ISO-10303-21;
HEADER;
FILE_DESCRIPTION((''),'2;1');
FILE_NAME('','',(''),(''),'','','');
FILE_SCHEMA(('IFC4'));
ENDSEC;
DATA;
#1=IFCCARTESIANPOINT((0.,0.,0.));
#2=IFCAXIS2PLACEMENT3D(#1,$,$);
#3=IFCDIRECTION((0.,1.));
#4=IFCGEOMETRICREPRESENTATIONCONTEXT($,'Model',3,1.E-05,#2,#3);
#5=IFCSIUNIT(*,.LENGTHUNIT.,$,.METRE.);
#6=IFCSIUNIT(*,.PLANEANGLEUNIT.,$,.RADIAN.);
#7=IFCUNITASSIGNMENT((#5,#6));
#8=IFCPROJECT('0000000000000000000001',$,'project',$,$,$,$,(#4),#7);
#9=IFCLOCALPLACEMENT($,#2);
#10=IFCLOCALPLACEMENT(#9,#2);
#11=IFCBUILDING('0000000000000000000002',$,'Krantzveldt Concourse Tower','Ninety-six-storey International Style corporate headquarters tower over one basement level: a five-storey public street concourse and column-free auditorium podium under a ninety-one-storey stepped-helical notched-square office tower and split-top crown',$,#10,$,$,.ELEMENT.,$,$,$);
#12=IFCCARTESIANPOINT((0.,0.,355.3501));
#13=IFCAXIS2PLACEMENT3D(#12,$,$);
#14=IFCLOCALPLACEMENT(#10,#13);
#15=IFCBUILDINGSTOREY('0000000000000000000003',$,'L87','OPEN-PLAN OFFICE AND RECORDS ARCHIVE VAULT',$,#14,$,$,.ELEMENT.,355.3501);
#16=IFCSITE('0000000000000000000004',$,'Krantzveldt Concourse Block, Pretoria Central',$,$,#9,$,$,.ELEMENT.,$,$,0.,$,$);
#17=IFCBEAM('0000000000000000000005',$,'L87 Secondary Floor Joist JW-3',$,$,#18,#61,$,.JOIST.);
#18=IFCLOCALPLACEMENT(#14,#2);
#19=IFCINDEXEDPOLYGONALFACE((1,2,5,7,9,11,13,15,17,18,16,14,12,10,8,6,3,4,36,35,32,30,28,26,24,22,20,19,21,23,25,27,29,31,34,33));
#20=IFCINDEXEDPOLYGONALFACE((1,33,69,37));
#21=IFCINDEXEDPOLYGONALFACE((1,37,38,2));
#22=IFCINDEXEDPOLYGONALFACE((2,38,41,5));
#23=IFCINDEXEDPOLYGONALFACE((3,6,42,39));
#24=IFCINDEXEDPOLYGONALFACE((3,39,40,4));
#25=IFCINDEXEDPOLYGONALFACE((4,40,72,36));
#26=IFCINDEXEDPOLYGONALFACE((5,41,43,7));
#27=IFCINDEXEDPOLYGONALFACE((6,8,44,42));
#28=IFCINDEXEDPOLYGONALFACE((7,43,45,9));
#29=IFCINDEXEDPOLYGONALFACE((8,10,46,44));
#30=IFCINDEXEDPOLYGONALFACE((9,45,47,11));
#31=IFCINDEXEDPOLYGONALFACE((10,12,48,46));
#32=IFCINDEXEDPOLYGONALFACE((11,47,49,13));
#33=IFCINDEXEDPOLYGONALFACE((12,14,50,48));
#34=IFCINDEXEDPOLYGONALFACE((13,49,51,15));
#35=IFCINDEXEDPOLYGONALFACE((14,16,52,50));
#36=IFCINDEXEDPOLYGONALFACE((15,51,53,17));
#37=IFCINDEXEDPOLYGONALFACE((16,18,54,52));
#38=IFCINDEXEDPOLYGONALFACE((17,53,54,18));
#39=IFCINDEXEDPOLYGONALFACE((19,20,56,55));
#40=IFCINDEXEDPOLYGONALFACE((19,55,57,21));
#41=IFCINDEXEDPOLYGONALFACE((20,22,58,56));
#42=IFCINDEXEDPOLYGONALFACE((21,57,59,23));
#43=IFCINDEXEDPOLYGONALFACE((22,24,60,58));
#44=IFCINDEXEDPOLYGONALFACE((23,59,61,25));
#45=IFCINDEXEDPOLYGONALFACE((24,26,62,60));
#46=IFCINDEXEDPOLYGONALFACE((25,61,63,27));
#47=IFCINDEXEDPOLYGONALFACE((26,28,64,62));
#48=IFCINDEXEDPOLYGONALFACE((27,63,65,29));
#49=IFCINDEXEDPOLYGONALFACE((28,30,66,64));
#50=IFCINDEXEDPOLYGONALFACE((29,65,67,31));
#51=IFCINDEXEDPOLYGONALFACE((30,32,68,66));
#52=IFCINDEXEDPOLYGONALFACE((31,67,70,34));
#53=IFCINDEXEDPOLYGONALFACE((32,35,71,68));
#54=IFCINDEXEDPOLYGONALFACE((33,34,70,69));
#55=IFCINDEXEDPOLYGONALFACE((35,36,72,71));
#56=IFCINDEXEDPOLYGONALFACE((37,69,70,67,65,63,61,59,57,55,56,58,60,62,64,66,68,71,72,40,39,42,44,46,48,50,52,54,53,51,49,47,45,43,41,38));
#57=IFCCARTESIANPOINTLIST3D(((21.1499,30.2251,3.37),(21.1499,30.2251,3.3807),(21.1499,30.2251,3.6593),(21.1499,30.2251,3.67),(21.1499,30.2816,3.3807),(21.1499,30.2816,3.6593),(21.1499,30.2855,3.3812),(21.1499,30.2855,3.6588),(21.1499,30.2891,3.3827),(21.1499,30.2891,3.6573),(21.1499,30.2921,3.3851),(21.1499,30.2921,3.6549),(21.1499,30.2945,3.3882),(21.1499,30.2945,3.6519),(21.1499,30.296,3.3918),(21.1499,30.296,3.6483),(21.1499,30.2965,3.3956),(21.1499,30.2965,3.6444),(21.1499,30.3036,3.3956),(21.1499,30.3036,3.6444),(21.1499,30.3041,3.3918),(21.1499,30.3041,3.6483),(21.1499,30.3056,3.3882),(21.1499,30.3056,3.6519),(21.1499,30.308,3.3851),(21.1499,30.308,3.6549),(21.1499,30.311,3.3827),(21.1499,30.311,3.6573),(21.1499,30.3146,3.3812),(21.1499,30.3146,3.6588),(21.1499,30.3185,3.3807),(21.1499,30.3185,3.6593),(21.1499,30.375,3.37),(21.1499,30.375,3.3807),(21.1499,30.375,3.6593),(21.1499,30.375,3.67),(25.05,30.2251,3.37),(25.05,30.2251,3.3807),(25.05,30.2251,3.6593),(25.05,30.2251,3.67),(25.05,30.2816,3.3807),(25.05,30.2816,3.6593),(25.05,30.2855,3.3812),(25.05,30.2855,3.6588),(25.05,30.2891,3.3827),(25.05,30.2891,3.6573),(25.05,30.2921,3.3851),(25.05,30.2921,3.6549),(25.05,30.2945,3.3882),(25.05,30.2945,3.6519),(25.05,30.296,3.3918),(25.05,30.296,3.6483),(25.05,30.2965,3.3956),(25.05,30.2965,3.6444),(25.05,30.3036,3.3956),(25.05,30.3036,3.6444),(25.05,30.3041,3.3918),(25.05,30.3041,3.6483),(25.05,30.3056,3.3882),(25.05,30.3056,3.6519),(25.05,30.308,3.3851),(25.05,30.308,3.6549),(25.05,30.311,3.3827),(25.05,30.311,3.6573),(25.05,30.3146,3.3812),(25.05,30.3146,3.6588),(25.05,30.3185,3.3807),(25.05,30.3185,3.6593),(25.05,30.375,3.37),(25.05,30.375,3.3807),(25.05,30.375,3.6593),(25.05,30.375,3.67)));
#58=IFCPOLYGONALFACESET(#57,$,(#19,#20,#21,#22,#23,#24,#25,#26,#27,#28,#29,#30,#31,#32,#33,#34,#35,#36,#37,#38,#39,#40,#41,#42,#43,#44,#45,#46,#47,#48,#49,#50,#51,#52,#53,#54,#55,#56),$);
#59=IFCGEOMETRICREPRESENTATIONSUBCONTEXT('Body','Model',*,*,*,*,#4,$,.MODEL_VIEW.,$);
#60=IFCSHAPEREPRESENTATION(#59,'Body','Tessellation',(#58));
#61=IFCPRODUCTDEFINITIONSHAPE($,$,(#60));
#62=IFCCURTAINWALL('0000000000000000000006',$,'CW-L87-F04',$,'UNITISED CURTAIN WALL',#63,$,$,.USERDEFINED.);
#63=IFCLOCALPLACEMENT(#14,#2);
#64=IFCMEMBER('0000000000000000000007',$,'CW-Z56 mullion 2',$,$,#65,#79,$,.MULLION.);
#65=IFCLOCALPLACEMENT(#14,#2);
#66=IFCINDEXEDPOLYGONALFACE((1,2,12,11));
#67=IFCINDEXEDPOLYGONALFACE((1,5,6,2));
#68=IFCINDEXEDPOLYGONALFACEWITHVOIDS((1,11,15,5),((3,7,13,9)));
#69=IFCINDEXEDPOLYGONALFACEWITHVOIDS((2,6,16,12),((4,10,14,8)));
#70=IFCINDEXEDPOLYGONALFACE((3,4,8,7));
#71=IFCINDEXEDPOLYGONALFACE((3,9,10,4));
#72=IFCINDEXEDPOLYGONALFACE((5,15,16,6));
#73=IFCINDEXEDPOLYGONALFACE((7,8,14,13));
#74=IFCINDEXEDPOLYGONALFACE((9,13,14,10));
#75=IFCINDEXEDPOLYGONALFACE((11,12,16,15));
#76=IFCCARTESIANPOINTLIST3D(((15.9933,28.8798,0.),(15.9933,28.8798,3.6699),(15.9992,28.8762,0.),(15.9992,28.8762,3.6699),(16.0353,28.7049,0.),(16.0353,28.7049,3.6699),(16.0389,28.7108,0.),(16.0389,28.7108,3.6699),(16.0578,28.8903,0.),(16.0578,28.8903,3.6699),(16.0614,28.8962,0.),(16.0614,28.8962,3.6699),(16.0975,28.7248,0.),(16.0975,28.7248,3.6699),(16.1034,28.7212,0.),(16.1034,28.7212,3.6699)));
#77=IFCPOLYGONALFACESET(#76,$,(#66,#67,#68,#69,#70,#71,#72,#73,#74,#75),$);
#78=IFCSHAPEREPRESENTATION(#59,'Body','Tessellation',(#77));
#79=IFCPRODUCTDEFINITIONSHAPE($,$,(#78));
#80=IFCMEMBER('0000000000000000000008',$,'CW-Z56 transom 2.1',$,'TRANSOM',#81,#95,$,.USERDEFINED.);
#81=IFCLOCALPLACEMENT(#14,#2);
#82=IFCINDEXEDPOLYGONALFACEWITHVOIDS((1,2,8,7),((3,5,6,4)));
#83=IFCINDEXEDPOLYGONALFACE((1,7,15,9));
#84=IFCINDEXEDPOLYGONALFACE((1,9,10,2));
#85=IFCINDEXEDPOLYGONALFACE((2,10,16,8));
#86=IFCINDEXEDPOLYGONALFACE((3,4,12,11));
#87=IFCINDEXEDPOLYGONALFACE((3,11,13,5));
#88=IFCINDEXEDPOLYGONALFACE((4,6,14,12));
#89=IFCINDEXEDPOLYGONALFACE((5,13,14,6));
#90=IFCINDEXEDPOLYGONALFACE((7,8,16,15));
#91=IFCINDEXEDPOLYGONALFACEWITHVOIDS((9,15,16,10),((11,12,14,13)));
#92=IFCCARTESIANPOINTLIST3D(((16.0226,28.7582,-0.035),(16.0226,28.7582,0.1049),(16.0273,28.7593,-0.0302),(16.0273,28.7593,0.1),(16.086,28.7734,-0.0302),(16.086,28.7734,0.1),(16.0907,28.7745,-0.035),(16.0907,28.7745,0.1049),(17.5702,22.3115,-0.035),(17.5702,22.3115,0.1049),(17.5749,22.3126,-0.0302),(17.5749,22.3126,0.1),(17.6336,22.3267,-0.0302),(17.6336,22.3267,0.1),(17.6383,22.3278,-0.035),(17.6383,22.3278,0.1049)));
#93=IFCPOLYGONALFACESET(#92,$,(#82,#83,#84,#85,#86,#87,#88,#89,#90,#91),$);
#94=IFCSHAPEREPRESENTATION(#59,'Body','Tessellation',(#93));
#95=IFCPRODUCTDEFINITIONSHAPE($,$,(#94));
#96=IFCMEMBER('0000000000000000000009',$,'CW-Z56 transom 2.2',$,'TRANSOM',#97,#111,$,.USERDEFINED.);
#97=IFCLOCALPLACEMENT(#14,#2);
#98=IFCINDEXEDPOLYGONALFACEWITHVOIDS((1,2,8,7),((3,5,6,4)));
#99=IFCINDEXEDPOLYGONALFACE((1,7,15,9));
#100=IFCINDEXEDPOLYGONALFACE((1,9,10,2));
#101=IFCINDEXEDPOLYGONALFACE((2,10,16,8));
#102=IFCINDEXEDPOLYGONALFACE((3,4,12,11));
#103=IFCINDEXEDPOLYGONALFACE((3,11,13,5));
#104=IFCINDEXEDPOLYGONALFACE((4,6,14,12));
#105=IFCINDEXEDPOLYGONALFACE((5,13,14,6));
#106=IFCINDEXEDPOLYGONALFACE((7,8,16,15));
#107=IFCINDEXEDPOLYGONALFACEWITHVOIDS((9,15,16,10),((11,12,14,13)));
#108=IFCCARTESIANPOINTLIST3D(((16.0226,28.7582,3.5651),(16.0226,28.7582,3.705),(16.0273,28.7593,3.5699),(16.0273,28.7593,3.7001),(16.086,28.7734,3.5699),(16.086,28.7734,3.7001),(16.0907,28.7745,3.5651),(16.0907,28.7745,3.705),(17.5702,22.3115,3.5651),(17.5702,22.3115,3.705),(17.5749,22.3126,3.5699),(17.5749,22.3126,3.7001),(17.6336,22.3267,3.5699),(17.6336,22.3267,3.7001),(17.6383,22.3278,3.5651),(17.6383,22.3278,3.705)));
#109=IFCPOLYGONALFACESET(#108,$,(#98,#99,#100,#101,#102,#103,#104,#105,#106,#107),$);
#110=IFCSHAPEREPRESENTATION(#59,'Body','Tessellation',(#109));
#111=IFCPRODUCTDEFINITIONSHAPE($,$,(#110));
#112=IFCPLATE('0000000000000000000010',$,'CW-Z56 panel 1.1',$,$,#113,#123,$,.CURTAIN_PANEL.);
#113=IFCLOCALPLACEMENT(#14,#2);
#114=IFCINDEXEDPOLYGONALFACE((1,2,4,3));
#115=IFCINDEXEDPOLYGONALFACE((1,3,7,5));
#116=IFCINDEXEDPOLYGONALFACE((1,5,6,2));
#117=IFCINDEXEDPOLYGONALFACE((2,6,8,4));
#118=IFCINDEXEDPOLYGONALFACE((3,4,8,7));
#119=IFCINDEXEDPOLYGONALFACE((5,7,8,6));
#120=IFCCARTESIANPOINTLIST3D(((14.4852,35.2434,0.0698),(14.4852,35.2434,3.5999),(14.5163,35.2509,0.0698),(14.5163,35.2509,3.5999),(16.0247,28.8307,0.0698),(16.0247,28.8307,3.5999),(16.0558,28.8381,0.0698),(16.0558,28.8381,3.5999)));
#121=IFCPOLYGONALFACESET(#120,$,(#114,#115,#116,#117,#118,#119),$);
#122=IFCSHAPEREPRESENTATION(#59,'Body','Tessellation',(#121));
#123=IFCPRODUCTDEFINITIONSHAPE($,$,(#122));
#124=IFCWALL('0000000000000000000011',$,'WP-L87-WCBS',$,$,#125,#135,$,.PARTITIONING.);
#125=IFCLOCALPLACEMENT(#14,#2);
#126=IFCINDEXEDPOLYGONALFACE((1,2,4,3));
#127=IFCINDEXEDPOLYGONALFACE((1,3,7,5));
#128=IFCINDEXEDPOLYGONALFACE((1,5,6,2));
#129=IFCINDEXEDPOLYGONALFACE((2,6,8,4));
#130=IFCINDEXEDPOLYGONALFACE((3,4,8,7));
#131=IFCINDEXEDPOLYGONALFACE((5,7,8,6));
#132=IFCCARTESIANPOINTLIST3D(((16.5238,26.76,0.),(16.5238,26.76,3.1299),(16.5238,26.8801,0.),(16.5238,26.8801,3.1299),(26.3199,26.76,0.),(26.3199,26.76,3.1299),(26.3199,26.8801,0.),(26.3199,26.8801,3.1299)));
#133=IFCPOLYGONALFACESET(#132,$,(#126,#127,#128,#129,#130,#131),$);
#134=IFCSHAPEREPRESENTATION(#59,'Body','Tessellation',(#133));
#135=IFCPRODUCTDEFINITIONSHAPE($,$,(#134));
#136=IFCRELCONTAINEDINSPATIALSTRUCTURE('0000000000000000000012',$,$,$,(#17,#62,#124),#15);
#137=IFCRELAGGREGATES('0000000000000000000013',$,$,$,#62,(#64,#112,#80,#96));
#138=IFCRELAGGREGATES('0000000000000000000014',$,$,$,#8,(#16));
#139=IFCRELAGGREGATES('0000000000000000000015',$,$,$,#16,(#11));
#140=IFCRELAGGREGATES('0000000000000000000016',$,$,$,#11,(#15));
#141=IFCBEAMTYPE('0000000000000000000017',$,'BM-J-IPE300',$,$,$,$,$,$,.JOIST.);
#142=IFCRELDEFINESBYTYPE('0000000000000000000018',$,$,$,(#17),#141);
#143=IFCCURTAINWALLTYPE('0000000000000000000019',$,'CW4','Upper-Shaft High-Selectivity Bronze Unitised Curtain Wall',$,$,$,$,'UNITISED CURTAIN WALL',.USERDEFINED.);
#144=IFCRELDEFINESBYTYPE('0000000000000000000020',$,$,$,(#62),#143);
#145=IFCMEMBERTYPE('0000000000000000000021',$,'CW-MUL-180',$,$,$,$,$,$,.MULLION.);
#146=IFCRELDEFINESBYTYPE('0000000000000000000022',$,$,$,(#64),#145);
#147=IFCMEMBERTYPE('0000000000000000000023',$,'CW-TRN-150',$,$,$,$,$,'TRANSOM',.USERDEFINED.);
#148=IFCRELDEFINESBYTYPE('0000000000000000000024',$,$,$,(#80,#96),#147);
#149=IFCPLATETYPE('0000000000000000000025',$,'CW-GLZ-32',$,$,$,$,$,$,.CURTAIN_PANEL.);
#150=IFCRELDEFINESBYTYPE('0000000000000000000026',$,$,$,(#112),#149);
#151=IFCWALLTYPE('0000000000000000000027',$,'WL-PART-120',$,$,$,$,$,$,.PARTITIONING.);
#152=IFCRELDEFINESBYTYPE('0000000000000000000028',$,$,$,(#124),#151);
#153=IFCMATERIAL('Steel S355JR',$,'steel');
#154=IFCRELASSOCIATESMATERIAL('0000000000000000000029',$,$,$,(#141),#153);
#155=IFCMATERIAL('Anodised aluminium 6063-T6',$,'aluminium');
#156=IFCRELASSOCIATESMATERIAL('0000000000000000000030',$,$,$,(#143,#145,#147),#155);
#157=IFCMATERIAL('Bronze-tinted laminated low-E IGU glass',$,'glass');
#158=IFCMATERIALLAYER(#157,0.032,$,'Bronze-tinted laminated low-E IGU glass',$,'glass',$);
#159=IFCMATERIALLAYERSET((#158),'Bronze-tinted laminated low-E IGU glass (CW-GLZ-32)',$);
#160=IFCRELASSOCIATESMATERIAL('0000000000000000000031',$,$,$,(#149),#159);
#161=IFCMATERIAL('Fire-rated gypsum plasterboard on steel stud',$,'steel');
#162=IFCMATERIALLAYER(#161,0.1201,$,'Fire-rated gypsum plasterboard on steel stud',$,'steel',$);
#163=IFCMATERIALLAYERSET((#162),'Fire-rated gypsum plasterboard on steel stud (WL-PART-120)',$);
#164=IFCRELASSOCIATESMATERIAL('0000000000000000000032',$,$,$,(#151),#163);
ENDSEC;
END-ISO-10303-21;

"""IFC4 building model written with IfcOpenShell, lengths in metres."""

from ifc_helpers import new_model, si_unit, direction, frame, frame_2d, origin, origin_2d, place, context, subcontext, project, spatial, rectangle, hollow_rectangle, i_section, extrude, source, transform, mapped, material, layer, layer_set, material_profile, profile_set, type_object, type_shapes, element, aggregate, save


model = new_model("IFC4")

# Units and contexts
model_context = context("Model", 3, precision=1e-05, world=origin(), true_north=direction((0.0, 1.0)))
body_context = subcontext(model_context, "Body", "Model", "MODEL_VIEW")
ifc_project = project(units=[si_unit("LENGTHUNIT", "METRE"), si_unit("PLANEANGLEUNIT", "RADIAN")], contexts=[model_context])

# Site, building, storey
site_placement = place(None, origin())
site = spatial("IfcSite", under=ifc_project, at=site_placement, Name="Krantzveldt Concourse Block, Pretoria Central", CompositionType="ELEMENT", RefElevation=0.0)
building_placement = place(site_placement, origin())
building = spatial("IfcBuilding", under=site, at=building_placement, Name="Krantzveldt Concourse Tower", Description="Ninety-six-storey International Style corporate headquarters tower over one basement level: a five-storey public street concourse and column-free auditorium podium under a ninety-one-storey stepped-helical notched-square office tower and split-top crown", CompositionType="ELEMENT")
storey_placement = place(building_placement, frame((0.0, 0.0, 355.3501)))
storey = spatial("IfcBuildingStorey", under=building, at=storey_placement, Name="L87", Description="OPEN-PLAN OFFICE AND RECORDS ARCHIVE VAULT", CompositionType="ELEMENT", Elevation=355.3501)

# Beam
ifc_material_1 = material(Name="Steel S355JR", Category="steel")
ifc_material_profile_1 = material_profile(ifc_material_1, i_section(OverallWidth=0.1499, OverallDepth=0.3, WebThickness=0.0071, FlangeThickness=0.0107, FilletRadius=0.0149, at=origin_2d()), Name="Steel S355JR", Category="steel")
ifc_profile_set_1 = profile_set([ifc_material_profile_1], Name="Steel S355JR - IPE 300")
beam_type_1 = type_object("IfcBeamType", Name="BM-J-IPE300", PredefinedType="JOIST", material=ifc_profile_set_1)
shared_shape_1 = source(origin(), body_context, "Body", "SweptSolid", [
    extrude(i_section(OverallWidth=0.1499, OverallDepth=0.3, WebThickness=0.0071, FlangeThickness=0.0107, FilletRadius=0.0149, at=origin_2d()), origin(), (0.0, 0.0, 1.0), 3.9001),
])
beam_1_placement = place(storey_placement, frame((21.1499, 30.3, 3.52), z_axis=(1.0, 0.0, 0.0), x_axis=(0.0, 1.0, 0.0)))
element("IfcBeam", 1, at=beam_1_placement, inside=storey, type_object=beam_type_1, Name="L87 Secondary Floor Joist JW-3", PredefinedType="JOIST", context=body_context, shape_type="MappedRepresentation", body=[
    mapped(shared_shape_1, transform((0.0, 0.0, 0.0), x_axis=(1.0, 0.0, 0.0), y_axis=(0.0, 1.0, 0.0), z_axis=(0.0, 0.0, 1.0), scale=1.0)),
])

# Curtain wall, members, plate
ifc_material_2 = material(Name="Anodised aluminium 6063-T6", Category="aluminium")
curtain_wall_type = type_object("IfcCurtainWallType", Name="CW4", Description="Upper-Shaft High-Selectivity Bronze Unitised Curtain Wall", ElementType="UNITISED CURTAIN WALL", PredefinedType="USERDEFINED", material=ifc_material_2)
curtain_wall_placement = place(storey_placement, origin())
curtain_wall = element("IfcCurtainWall", 2, at=curtain_wall_placement, inside=storey, type_object=curtain_wall_type, Name="CW-L87-F04", ObjectType="UNITISED CURTAIN WALL", PredefinedType="USERDEFINED")
ifc_material_profile_2 = material_profile(ifc_material_2, hollow_rectangle(XDim=0.0701, YDim=0.1799, WallThickness=0.0049, at=origin_2d()), Name="Anodised aluminium 6063-T6", Category="aluminium")
ifc_profile_set_2 = profile_set([ifc_material_profile_2], Name="Anodised aluminium 6063-T6 - ALU-MULL 180x70x5")
member_type_1 = type_object("IfcMemberType", Name="CW-MUL-180", PredefinedType="MULLION", material=ifc_profile_set_2)
shared_shape_2 = source(origin(), body_context, "Body", "SweptSolid", [
    extrude(hollow_rectangle(XDim=0.0701, YDim=0.1799, WallThickness=0.0049, at=origin_2d()), origin(), (0.0, 0.0, 1.0), 3.6699),
])
type_shapes(member_type_1, [shared_shape_2])
member_1_placement = place(storey_placement, frame((16.0483, 28.8005, 0.0), z_axis=(0.0, 0.0, 1.0), x_axis=(0.97237, 0.233445, 0.0)))
member_1 = element("IfcMember", 3, at=member_1_placement, type_object=member_type_1, Name="CW-Z56 mullion 2", PredefinedType="MULLION", context=body_context, shape_type="MappedRepresentation", body=[
    mapped(shared_shape_2, transform((0.0, 0.0, 0.0), x_axis=(1.0, 0.0, 0.0), y_axis=(0.0, 1.0, 0.0), z_axis=(0.0, 0.0, 1.0), scale=1.0)),
])
ifc_material_profile_3 = material_profile(ifc_material_2, hollow_rectangle(XDim=0.0701, YDim=0.1399, WallThickness=0.0049, at=origin_2d()), Name="Anodised aluminium 6063-T6", Category="aluminium")
ifc_profile_set_3 = profile_set([ifc_material_profile_3], Name="Anodised aluminium 6063-T6 - ALU-TRAN 140x70x5")
member_type_2 = type_object("IfcMemberType", Name="CW-TRN-150", ElementType="TRANSOM", PredefinedType="USERDEFINED", material=ifc_profile_set_3)
shared_shape_3 = source(origin(), body_context, "Body", "SweptSolid", [
    extrude(hollow_rectangle(XDim=0.0701, YDim=0.1399, WallThickness=0.0049, at=origin_2d()), origin(), (0.0, 0.0, 1.0), 6.6299),
])
type_shapes(member_type_2, [shared_shape_3])
member_2_placement = place(storey_placement, frame((16.0566, 28.7664, 0.0349), z_axis=(0.233427, -0.972374, 0.0), x_axis=(0.972374, 0.233427, 0.0)))
member_2 = element("IfcMember", 4, at=member_2_placement, type_object=member_type_2, Name="CW-Z56 transom 2.1", ObjectType="TRANSOM", PredefinedType="USERDEFINED", context=body_context, shape_type="MappedRepresentation", body=[
    mapped(shared_shape_3, transform((0.0, 0.0, 0.0), x_axis=(1.0, 0.0, 0.0), y_axis=(0.0, 1.0, 0.0), z_axis=(0.0, 0.0, 1.0), scale=1.0)),
])
member_3_placement = place(storey_placement, frame((16.0566, 28.7664, 3.635), z_axis=(0.233427, -0.972374, 0.0), x_axis=(0.972374, 0.233427, 0.0)))
member_3 = element("IfcMember", 5, at=member_3_placement, type_object=member_type_2, Name="CW-Z56 transom 2.2", ObjectType="TRANSOM", PredefinedType="USERDEFINED", context=body_context, shape_type="MappedRepresentation", body=[
    mapped(shared_shape_3, transform((0.0, 0.0, 0.0), x_axis=(1.0, 0.0, 0.0), y_axis=(0.0, 1.0, 0.0), z_axis=(0.0, 0.0, 1.0), scale=1.0)),
])
ifc_material_3 = material(Name="Bronze-tinted laminated low-E IGU glass", Category="glass")
ifc_layer_1 = layer(ifc_material_3, 0.032, Name="Bronze-tinted laminated low-E IGU glass", Category="glass")
ifc_layer_set_1 = layer_set([ifc_layer_1], Name="Bronze-tinted laminated low-E IGU glass (CW-GLZ-32)")
plate_type = type_object("IfcPlateType", Name="CW-GLZ-32", PredefinedType="CURTAIN_PANEL", material=ifc_layer_set_1)
shared_shape_4 = source(origin(), body_context, "Body", "SweptSolid", [
    extrude(rectangle(XDim=6.595, YDim=0.032, at=origin_2d()), origin(), (0.0, 0.0, 1.0), 3.53),
])
type_shapes(plate_type, [shared_shape_4])
plate_placement = place(storey_placement, frame((15.2705, 32.0408, 0.0698), z_axis=(0.0, 0.0, 1.0), x_axis=(0.233445, -0.97237, 0.0)))
plate = element("IfcPlate", 6, at=plate_placement, type_object=plate_type, Name="CW-Z56 panel 1.1", PredefinedType="CURTAIN_PANEL", context=body_context, shape_type="MappedRepresentation", body=[
    mapped(shared_shape_4, transform((0.0, 0.0, 0.0), x_axis=(1.0, 0.0, 0.0), y_axis=(0.0, 1.0, 0.0), z_axis=(0.0, 0.0, 1.0), scale=1.0)),
])
aggregate(curtain_wall, [member_1, plate, member_2, member_3])

# Wall
ifc_material_4 = material(Name="Fire-rated gypsum plasterboard on steel stud", Category="steel")
ifc_layer_2 = layer(ifc_material_4, 0.1201, Name="Fire-rated gypsum plasterboard on steel stud", Category="steel")
ifc_layer_set_2 = layer_set([ifc_layer_2], Name="Fire-rated gypsum plasterboard on steel stud (WL-PART-120)")
wall_type_1 = type_object("IfcWallType", Name="WL-PART-120", PredefinedType="PARTITIONING", material=ifc_layer_set_2)
wall_1_placement = place(storey_placement, frame((16.5239, 26.8201, 0.0), z_axis=(0.0, 0.0, 1.0), x_axis=(1.0, 0.0, 0.0)))
element("IfcWall", 7, at=wall_1_placement, inside=storey, type_object=wall_type_1, Name="WP-L87-WCBS", PredefinedType="PARTITIONING", context=body_context, shape_type="SweptSolid", body=[
    extrude(rectangle(XDim=9.7961, YDim=0.1201, at=frame_2d((4.8979, 0.0))), origin(), (0.0, 0.0, 1.0), 3.1299),
])

save(model, "model.ifc")
